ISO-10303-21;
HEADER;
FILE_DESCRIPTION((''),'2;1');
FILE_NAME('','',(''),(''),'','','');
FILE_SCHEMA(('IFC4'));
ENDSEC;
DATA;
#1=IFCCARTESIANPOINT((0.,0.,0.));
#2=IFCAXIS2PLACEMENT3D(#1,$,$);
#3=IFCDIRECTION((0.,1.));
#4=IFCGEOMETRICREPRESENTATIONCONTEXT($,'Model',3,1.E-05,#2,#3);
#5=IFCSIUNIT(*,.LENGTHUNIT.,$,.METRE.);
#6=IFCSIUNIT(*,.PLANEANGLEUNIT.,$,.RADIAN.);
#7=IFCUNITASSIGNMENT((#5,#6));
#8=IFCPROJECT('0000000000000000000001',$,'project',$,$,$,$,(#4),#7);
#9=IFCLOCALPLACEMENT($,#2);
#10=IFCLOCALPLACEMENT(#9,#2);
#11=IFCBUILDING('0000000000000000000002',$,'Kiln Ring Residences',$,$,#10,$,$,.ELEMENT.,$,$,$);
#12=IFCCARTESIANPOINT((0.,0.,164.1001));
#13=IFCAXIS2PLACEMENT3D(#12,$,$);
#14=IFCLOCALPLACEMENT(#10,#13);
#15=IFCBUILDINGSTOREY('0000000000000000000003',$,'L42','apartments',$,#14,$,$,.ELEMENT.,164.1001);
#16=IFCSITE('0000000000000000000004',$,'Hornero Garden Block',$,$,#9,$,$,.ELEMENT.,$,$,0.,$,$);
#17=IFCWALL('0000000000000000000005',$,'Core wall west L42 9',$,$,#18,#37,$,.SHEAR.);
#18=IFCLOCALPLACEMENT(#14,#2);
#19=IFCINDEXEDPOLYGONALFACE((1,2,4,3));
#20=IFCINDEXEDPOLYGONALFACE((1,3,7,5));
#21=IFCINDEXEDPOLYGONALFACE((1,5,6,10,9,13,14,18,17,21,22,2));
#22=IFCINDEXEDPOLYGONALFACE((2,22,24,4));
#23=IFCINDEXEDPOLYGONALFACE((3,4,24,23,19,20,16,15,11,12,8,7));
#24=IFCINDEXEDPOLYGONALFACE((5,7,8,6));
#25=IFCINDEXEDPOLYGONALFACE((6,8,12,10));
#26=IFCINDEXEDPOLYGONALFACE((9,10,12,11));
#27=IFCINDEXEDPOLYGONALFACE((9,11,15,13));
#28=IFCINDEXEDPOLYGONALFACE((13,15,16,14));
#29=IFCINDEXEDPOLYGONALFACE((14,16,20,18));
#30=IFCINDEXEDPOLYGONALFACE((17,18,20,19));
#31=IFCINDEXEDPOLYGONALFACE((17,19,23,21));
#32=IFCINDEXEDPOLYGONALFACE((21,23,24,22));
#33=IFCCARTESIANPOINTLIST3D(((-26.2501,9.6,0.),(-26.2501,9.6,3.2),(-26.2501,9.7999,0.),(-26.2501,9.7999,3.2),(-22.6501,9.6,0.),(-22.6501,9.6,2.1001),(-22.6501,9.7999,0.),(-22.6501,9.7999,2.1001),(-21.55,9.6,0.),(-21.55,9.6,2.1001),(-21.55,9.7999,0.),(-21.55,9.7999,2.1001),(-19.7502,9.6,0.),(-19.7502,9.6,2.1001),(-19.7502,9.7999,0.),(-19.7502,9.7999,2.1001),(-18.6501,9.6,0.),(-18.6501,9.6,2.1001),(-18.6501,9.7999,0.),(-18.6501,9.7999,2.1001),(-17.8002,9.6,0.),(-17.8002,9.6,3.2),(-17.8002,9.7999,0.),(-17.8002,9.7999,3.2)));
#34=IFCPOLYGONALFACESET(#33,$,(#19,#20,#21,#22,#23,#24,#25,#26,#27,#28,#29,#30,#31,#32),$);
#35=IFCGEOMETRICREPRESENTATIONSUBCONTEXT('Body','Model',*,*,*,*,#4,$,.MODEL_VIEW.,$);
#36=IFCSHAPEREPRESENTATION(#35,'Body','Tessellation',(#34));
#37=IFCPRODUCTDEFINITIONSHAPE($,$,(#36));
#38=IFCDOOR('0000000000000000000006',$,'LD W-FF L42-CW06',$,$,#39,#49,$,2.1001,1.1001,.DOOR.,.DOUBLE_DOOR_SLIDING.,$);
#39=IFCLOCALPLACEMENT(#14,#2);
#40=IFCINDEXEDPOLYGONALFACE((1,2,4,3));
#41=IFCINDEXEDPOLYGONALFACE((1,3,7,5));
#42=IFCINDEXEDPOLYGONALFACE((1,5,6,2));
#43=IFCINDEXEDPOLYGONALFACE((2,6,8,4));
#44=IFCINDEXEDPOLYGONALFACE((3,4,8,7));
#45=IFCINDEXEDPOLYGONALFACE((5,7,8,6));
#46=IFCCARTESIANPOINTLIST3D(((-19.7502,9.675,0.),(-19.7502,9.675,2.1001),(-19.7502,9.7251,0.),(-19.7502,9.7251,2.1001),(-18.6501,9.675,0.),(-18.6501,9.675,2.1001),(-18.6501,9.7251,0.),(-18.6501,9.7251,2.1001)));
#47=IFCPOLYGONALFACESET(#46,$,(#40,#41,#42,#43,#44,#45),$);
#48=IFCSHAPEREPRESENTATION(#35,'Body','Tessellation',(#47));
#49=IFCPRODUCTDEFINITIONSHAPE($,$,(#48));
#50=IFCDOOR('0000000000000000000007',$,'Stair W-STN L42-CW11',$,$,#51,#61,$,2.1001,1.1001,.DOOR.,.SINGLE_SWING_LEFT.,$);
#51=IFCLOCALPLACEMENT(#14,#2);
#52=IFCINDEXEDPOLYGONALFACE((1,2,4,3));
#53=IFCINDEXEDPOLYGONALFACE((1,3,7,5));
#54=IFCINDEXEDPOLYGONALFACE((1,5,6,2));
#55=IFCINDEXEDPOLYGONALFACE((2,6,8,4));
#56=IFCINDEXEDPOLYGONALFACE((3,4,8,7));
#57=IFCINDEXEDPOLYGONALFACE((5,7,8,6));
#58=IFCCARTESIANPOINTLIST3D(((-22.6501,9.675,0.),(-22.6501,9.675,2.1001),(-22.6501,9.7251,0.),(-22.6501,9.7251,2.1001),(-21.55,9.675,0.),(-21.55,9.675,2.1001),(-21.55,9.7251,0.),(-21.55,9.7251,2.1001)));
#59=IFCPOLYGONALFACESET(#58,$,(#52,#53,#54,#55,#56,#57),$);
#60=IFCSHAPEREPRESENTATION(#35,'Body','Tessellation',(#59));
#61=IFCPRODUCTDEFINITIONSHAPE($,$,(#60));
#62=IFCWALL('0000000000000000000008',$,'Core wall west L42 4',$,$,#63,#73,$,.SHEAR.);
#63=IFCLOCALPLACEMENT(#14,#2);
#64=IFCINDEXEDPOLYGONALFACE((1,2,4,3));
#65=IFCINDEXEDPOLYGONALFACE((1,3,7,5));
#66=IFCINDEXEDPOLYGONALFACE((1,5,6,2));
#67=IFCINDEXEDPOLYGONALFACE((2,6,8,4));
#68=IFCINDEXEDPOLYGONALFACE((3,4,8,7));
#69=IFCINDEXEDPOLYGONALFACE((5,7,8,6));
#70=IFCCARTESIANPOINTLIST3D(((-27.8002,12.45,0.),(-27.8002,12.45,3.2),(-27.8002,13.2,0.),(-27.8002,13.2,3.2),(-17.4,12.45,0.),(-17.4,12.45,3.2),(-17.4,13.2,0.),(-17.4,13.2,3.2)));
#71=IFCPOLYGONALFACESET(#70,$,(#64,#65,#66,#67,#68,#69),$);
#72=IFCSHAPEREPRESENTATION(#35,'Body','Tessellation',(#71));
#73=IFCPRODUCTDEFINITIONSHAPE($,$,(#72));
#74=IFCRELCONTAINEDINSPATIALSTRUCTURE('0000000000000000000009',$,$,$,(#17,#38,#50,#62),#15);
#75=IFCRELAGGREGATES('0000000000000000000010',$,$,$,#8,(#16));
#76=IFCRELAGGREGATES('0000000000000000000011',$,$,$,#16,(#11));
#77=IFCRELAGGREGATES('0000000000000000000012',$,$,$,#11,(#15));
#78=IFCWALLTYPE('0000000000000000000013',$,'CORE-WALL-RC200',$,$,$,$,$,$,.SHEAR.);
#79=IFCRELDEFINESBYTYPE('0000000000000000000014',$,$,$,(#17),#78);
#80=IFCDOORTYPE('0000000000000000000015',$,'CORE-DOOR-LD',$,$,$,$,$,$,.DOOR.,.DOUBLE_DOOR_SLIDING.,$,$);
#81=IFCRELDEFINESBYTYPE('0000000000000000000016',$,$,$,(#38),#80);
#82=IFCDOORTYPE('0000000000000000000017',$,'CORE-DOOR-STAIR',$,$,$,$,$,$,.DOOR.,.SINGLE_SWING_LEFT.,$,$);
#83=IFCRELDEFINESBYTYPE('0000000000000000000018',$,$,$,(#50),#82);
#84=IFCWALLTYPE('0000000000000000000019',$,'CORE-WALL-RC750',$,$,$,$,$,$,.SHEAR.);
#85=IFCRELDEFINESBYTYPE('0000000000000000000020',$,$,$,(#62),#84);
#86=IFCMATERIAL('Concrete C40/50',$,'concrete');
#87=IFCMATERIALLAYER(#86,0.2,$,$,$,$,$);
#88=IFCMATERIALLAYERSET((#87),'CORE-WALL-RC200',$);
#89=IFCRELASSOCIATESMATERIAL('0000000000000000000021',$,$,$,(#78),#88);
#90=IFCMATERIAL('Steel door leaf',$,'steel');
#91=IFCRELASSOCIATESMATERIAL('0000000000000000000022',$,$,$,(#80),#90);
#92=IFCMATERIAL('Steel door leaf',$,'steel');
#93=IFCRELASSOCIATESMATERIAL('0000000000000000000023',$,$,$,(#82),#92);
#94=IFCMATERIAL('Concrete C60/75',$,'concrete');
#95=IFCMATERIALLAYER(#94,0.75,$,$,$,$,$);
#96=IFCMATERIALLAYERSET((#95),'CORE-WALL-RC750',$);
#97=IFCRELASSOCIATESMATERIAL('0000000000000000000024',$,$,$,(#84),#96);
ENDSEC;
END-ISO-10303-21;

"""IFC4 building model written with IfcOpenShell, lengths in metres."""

from ifc_helpers import new_model, si_unit, direction, frame, frame_2d, origin, place, context, subcontext, project, spatial, rectangle, extrude, material, layer, layer_set, type_object, element, fill, save


model = new_model("IFC4")

# Units and contexts
model_context = context("Model", 3, precision=1e-05, world=origin(), true_north=direction((0.0, 1.0)))
body_context = subcontext(model_context, "Body", "Model", "MODEL_VIEW")
ifc_project = project(units=[si_unit("LENGTHUNIT", "METRE"), si_unit("PLANEANGLEUNIT", "RADIAN")], contexts=[model_context])

# Site, building, storey
site_placement = place(None, origin())
site = spatial("IfcSite", under=ifc_project, at=site_placement, Name="Hornero Garden Block", CompositionType="ELEMENT", RefElevation=0.0)
building_placement = place(site_placement, origin())
building = spatial("IfcBuilding", under=site, at=building_placement, Name="Kiln Ring Residences", CompositionType="ELEMENT")
storey_placement = place(building_placement, frame((0.0, 0.0, 164.1001)))
storey = spatial("IfcBuildingStorey", under=building, at=storey_placement, Name="L42", Description="apartments", CompositionType="ELEMENT", Elevation=164.1001)

# Wall, openings, doors
ifc_material_1 = material(Name="Concrete C40/50", Category="concrete")
ifc_layer_1 = layer(ifc_material_1, 0.2)
ifc_layer_set_1 = layer_set([ifc_layer_1], Name="CORE-WALL-RC200")
wall_type_1 = type_object("IfcWallType", Name="CORE-WALL-RC200", PredefinedType="SHEAR", material=ifc_layer_set_1)
wall_1_placement = place(storey_placement, frame((-17.8, 9.7, 0.0), z_axis=(0.0, 0.0, 1.0), x_axis=(-1.0, 0.0, 0.0)))
wall_1 = element("IfcWall", 1, at=wall_1_placement, inside=storey, type_object=wall_type_1, Name="Core wall west L42 9", PredefinedType="SHEAR", context=body_context, shape_type="SweptSolid", body=[
    extrude(rectangle(XDim=8.45, YDim=0.2, at=frame_2d((4.2251, 0.0))), origin(), (0.0, 0.0, 1.0), 3.2),
])
opening_1_placement = place(wall_1_placement, frame((0.8501, 0.0, 0.0)))
opening_1 = element("IfcOpeningElement", 2, at=opening_1_placement, cuts=wall_1, PredefinedType="OPENING", context=body_context, shape_type="SweptSolid", body=[
    extrude(rectangle(XDim=1.1001, YDim=2.1001, at=frame_2d((0.55, 1.05))), frame((0.0, 0.1099, 0.0), z_axis=(0.0, -1.0, 0.0), x_axis=(1.0, 0.0, 0.0)), (0.0, 0.0, 1.0), 0.22),
])
opening_2_placement = place(wall_1_placement, frame((3.75, 0.0, 0.0)))
opening_2 = element("IfcOpeningElement", 3, at=opening_2_placement, cuts=wall_1, PredefinedType="OPENING", context=body_context, shape_type="SweptSolid", body=[
    extrude(rectangle(XDim=1.1001, YDim=2.1001, at=frame_2d((0.55, 1.05))), frame((0.0, 0.1099, 0.0), z_axis=(0.0, -1.0, 0.0), x_axis=(1.0, 0.0, 0.0)), (0.0, 0.0, 1.0), 0.22),
])
ifc_material_2 = material(Name="Steel door leaf", Category="steel")
door_type_1 = type_object("IfcDoorType", Name="CORE-DOOR-LD", OperationType="DOUBLE_DOOR_SLIDING", PredefinedType="DOOR", material=ifc_material_2)
door_1_placement = place(opening_1_placement, origin())
door_1 = element("IfcDoor", 4, at=door_1_placement, inside=storey, type_object=door_type_1, Name="LD W-FF L42-CW06", OperationType="DOUBLE_DOOR_SLIDING", OverallHeight=2.1001, OverallWidth=1.1001, PredefinedType="DOOR", context=body_context, shape_type="SweptSolid", body=[
    extrude(rectangle(XDim=1.1001, YDim=2.1001, at=frame_2d((0.55, 1.05))), frame((0.0, 0.0249, 0.0), z_axis=(0.0, -1.0, 0.0), x_axis=(1.0, 0.0, 0.0)), (0.0, 0.0, 1.0), 0.05),
])
fill(opening_1, door_1)
ifc_material_3 = material(Name="Steel door leaf", Category="steel")
door_type_2 = type_object("IfcDoorType", Name="CORE-DOOR-STAIR", OperationType="SINGLE_SWING_LEFT", PredefinedType="DOOR", material=ifc_material_3)
door_2_placement = place(opening_2_placement, origin())
door_2 = element("IfcDoor", 5, at=door_2_placement, inside=storey, type_object=door_type_2, Name="Stair W-STN L42-CW11", OperationType="SINGLE_SWING_LEFT", OverallHeight=2.1001, OverallWidth=1.1001, PredefinedType="DOOR", context=body_context, shape_type="SweptSolid", body=[
    extrude(rectangle(XDim=1.1001, YDim=2.1001, at=frame_2d((0.55, 1.05))), frame((0.0, 0.0249, 0.0), z_axis=(0.0, -1.0, 0.0), x_axis=(1.0, 0.0, 0.0)), (0.0, 0.0, 1.0), 0.05),
])
fill(opening_2, door_2)

# Wall
ifc_material_4 = material(Name="Concrete C60/75", Category="concrete")
ifc_layer_2 = layer(ifc_material_4, 0.75)
ifc_layer_set_2 = layer_set([ifc_layer_2], Name="CORE-WALL-RC750")
wall_type_2 = type_object("IfcWallType", Name="CORE-WALL-RC750", PredefinedType="SHEAR", material=ifc_layer_set_2)
wall_2_placement = place(storey_placement, frame((-17.3999, 12.825, 0.0), z_axis=(0.0, 0.0, 1.0), x_axis=(-1.0, 0.0, 0.0)))
element("IfcWall", 6, at=wall_2_placement, inside=storey, type_object=wall_type_2, Name="Core wall west L42 4", PredefinedType="SHEAR", context=body_context, shape_type="SweptSolid", body=[
    extrude(rectangle(XDim=10.4001, YDim=0.75, at=frame_2d((5.2002, 0.0))), origin(), (0.0, 0.0, 1.0), 3.2),
])

save(model, "model.ifc")
